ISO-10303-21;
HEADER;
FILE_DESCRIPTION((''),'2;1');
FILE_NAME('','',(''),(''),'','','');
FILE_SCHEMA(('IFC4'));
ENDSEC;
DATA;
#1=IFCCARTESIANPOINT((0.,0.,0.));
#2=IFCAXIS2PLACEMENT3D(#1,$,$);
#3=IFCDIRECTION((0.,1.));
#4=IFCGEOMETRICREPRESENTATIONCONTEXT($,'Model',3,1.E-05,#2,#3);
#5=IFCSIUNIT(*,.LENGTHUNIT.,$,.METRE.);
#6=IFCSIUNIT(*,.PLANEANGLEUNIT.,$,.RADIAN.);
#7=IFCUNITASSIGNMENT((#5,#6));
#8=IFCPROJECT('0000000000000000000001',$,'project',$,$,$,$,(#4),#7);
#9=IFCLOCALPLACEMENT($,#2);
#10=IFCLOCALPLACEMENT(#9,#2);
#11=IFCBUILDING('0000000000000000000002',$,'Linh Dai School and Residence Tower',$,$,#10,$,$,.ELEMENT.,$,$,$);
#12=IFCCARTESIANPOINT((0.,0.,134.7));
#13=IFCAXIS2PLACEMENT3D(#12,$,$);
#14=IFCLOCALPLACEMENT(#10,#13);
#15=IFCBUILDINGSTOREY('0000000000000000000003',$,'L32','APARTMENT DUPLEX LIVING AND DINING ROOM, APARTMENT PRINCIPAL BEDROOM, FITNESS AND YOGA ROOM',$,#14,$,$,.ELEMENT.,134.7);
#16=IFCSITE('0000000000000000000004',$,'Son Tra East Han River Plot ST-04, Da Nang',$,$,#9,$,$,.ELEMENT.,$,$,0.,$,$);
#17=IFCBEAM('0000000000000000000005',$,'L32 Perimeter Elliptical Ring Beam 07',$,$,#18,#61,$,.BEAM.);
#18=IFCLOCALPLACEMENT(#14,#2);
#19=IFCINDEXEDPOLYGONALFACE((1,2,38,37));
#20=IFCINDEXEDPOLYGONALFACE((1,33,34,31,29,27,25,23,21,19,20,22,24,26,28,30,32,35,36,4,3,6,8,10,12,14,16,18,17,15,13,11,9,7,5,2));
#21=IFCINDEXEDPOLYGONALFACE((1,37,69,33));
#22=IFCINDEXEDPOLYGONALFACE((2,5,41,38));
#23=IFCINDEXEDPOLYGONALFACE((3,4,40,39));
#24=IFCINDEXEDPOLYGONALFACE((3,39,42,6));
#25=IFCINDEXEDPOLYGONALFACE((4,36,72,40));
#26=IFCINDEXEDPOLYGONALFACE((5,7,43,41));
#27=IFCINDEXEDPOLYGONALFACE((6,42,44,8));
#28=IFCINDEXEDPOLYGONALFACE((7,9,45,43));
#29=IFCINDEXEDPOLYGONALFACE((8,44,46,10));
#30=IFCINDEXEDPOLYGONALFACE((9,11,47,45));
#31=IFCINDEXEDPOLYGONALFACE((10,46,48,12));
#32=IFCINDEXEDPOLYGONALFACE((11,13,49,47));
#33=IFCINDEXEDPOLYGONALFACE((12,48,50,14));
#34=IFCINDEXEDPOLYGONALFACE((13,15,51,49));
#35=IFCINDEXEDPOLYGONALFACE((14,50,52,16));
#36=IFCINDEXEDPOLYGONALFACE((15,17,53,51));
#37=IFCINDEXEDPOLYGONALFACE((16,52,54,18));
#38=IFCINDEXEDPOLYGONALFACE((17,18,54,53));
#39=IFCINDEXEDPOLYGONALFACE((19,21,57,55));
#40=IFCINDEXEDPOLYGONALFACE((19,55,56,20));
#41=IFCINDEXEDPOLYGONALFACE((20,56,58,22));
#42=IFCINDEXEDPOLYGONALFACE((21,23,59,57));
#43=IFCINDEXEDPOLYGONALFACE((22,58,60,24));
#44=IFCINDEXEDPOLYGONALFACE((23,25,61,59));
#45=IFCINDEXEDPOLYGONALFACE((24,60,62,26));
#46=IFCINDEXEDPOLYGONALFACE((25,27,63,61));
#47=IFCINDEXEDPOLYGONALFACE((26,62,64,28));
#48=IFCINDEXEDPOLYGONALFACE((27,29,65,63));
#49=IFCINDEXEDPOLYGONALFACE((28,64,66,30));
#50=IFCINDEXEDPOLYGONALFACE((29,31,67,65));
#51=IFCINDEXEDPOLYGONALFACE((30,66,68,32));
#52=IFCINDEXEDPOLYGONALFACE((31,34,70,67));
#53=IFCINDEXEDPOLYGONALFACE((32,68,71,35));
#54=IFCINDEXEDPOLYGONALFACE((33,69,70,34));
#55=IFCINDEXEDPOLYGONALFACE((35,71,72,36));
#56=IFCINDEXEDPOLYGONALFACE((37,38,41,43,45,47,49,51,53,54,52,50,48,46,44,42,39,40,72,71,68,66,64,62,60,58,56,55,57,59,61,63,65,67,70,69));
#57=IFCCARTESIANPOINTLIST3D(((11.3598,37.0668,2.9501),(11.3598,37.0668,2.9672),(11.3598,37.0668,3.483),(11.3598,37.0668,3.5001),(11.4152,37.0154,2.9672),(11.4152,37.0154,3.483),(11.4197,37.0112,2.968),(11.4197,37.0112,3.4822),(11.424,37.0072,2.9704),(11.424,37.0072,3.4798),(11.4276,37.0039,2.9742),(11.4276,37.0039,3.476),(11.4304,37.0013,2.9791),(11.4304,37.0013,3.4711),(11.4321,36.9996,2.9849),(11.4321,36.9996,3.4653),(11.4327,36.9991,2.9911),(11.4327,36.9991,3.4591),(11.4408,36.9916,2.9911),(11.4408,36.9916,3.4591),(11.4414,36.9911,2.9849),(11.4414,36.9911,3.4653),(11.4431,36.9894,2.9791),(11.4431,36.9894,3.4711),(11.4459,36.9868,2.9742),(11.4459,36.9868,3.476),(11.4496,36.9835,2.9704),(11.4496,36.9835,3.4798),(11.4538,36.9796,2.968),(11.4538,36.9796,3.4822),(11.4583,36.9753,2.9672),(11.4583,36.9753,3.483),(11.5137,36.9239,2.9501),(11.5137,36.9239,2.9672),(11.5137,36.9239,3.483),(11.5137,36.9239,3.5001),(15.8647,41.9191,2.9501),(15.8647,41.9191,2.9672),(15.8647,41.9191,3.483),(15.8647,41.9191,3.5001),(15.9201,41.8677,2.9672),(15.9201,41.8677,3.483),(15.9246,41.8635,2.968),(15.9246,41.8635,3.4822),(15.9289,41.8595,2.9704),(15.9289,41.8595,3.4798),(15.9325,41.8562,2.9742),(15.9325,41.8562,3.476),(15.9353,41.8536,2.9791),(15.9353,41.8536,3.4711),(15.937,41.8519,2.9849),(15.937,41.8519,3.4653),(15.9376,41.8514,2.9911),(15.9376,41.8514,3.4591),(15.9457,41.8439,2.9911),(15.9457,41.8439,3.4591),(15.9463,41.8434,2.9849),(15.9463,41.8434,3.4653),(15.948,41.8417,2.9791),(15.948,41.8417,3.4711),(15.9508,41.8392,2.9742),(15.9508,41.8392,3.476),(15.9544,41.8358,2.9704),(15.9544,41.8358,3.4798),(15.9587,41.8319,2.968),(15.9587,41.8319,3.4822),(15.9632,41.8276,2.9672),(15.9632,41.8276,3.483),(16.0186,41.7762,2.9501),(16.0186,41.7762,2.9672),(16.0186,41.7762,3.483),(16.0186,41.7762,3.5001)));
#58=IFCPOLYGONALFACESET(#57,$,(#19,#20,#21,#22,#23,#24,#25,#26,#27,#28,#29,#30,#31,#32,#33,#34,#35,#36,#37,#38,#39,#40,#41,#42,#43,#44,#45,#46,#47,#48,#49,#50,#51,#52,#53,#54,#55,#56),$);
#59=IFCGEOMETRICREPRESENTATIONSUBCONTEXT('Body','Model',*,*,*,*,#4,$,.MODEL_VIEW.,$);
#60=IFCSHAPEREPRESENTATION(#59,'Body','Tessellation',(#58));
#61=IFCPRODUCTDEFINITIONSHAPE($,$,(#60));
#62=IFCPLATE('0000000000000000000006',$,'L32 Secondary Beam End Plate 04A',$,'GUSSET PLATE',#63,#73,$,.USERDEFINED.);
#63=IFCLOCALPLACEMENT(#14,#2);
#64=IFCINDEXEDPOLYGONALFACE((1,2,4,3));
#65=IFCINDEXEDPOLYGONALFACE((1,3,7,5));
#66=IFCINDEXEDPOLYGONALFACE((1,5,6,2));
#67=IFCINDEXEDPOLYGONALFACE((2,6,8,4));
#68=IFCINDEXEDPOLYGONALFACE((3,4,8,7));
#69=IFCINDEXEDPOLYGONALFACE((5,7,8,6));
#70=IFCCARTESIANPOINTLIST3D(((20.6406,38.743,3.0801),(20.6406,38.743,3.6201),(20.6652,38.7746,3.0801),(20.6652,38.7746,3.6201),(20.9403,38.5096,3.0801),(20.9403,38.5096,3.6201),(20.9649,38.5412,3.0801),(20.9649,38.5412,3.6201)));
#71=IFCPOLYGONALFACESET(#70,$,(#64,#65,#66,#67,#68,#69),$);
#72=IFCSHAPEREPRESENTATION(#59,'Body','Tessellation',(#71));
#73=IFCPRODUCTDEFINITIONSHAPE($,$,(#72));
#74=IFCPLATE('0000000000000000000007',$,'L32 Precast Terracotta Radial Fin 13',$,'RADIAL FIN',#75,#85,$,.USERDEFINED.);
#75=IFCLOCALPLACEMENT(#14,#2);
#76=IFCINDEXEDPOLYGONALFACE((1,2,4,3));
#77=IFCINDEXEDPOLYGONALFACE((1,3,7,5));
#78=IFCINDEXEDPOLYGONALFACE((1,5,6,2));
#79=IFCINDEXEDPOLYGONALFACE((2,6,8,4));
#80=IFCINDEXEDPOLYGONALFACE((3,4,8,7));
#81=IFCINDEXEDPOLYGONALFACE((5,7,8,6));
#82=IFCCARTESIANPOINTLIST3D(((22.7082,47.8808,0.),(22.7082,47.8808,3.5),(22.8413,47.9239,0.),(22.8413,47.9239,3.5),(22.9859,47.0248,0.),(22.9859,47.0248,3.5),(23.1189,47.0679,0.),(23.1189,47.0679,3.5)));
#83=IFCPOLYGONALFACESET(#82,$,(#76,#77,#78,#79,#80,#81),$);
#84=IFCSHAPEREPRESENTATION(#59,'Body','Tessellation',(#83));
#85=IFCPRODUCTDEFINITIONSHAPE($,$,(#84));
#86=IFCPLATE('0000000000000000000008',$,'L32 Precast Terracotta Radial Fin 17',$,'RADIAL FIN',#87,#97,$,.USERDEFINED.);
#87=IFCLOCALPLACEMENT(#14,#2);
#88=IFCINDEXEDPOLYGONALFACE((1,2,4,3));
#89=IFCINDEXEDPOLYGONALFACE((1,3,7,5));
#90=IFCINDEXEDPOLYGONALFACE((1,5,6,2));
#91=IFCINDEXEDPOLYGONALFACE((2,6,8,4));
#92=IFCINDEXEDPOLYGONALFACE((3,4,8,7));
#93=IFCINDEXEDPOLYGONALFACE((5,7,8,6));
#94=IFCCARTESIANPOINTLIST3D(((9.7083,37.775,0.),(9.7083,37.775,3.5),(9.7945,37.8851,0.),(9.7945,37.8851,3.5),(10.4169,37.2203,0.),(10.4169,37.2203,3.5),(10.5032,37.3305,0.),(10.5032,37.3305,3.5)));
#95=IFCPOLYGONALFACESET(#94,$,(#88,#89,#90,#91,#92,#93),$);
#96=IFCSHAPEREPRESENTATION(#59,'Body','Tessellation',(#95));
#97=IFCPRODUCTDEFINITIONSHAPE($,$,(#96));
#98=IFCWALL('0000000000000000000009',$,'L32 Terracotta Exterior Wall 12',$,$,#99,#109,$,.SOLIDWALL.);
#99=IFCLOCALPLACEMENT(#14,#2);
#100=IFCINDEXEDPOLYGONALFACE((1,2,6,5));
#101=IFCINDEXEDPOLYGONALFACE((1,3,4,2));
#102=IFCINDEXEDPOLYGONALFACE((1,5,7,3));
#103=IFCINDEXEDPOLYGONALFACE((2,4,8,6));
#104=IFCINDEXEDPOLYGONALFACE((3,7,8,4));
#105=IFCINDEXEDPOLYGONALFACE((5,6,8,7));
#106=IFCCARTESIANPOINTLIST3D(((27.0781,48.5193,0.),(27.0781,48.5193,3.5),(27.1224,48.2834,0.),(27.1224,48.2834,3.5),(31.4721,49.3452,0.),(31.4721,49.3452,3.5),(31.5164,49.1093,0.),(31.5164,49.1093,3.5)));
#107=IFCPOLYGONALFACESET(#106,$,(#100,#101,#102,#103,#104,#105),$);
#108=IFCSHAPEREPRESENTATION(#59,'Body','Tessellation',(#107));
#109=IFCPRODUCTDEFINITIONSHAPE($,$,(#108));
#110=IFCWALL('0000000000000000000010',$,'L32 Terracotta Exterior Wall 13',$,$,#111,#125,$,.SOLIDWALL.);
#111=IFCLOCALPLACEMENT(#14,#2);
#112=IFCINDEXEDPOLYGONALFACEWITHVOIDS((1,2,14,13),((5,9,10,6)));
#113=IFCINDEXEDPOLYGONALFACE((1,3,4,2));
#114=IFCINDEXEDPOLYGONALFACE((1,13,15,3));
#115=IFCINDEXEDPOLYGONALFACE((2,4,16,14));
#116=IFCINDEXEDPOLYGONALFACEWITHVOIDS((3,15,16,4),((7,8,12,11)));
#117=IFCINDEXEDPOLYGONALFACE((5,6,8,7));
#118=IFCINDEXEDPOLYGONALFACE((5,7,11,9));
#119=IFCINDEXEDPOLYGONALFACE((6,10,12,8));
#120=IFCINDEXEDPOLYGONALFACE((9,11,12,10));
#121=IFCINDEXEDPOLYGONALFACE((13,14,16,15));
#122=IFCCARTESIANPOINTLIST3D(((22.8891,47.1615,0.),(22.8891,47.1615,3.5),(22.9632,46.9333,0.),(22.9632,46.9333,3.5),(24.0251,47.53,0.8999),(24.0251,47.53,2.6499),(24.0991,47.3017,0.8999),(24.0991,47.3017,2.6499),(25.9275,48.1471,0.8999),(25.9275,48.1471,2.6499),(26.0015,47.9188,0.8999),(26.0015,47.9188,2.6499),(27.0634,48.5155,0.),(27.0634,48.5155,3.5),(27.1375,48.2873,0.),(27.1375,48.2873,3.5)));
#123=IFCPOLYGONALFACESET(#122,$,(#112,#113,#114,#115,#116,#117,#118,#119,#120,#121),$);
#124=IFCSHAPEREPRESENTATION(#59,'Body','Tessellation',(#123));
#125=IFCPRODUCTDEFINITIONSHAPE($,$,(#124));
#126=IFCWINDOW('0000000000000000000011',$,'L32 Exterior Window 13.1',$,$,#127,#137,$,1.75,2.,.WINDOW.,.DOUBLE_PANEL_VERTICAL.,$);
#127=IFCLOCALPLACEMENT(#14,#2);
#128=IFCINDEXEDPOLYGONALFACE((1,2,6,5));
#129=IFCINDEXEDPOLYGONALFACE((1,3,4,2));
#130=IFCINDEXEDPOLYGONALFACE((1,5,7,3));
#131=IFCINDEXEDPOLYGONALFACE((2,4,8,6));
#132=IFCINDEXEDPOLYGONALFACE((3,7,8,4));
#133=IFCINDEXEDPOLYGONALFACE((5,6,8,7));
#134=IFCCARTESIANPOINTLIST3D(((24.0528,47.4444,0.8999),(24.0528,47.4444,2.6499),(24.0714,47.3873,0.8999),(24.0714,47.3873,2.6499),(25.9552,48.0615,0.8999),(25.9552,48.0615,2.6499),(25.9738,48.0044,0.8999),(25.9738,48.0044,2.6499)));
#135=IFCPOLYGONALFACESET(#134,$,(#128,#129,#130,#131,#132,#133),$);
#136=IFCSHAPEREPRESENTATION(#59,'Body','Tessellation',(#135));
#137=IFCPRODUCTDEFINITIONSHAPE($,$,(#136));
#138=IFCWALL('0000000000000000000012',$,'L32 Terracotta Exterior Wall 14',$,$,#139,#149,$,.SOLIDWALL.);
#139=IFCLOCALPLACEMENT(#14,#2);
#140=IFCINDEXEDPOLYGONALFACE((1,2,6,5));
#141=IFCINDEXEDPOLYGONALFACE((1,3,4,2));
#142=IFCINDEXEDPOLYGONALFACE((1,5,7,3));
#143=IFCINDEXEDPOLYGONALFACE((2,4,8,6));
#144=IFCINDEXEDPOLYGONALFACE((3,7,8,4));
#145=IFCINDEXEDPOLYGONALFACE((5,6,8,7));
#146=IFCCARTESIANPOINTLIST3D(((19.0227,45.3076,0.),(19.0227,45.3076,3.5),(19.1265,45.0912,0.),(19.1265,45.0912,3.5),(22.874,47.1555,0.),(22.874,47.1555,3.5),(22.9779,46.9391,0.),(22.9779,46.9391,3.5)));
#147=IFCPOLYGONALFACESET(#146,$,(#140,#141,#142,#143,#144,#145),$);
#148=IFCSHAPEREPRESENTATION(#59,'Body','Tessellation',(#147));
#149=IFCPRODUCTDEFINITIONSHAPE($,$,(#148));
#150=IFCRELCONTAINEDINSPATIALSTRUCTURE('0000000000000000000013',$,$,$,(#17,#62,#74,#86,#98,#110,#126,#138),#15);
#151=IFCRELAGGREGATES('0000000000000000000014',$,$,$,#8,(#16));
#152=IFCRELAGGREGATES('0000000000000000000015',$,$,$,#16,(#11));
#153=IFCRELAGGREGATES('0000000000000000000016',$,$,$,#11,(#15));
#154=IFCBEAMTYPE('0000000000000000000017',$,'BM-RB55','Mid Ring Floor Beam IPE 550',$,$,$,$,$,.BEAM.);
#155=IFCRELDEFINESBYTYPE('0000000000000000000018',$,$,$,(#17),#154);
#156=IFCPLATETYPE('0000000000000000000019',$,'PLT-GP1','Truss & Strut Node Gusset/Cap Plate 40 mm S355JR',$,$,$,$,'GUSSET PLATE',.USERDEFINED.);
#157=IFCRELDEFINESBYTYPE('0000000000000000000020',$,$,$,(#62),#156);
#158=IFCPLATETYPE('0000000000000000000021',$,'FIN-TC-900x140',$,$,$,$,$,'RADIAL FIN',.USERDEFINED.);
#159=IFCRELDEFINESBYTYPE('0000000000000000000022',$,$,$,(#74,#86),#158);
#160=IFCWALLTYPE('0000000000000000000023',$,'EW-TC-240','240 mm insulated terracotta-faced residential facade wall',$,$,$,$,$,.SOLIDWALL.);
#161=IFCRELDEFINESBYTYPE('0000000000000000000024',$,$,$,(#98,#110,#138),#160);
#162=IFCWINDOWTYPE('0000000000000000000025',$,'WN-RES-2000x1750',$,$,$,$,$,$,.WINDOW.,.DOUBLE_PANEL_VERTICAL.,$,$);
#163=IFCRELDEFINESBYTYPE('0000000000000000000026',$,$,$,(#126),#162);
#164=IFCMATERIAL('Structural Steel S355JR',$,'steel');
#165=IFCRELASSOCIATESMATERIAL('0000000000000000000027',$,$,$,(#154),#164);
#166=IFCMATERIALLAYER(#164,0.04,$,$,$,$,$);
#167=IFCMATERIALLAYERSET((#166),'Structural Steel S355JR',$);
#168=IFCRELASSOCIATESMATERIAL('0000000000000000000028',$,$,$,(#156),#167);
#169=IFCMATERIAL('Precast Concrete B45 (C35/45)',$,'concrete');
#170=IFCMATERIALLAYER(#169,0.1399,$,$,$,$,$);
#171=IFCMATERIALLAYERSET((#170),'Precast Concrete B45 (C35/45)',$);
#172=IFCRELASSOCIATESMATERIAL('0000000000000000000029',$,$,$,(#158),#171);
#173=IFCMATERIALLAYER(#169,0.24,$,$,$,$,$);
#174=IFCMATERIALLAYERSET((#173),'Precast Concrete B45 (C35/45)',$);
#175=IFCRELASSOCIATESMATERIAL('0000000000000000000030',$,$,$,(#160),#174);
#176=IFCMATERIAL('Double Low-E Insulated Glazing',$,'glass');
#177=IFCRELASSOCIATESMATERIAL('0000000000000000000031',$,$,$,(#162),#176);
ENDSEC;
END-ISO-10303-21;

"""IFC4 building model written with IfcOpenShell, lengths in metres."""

from ifc_helpers import new_model, si_unit, direction, frame, frame_2d, origin, origin_2d, place, context, subcontext, project, spatial, rectangle, i_section, extrude, source, transform, mapped, material, layer, layer_set, material_profile, profile_set, type_object, element, fill, save


model = new_model("IFC4")

# Units and contexts
model_context = context("Model", 3, precision=1e-05, world=origin(), true_north=direction((0.0, 1.0)))
body_context = subcontext(model_context, "Body", "Model", "MODEL_VIEW")
ifc_project = project(units=[si_unit("LENGTHUNIT", "METRE"), si_unit("PLANEANGLEUNIT", "RADIAN")], contexts=[model_context])

# Site, building, storey
site_placement = place(None, origin())
site = spatial("IfcSite", under=ifc_project, at=site_placement, Name="Son Tra East Han River Plot ST-04, Da Nang", CompositionType="ELEMENT", RefElevation=0.0)
building_placement = place(site_placement, origin())
building = spatial("IfcBuilding", under=site, at=building_placement, Name="Linh Dai School and Residence Tower", CompositionType="ELEMENT")
storey_placement = place(building_placement, frame((0.0, 0.0, 134.7)))
storey = spatial("IfcBuildingStorey", under=building, at=storey_placement, Name="L32", Description="APARTMENT DUPLEX LIVING AND DINING ROOM, APARTMENT PRINCIPAL BEDROOM, FITNESS AND YOGA ROOM", CompositionType="ELEMENT", Elevation=134.7)

# Shared definitions
ifc_material_1 = material(Name="Structural Steel S355JR", Category="steel")

# Beam
ifc_material_profile_1 = material_profile(ifc_material_1, i_section(OverallWidth=0.21, OverallDepth=0.55, WebThickness=0.011, FlangeThickness=0.0171, FilletRadius=0.0239, at=origin_2d()), Name="IPE 550")
ifc_profile_set_1 = profile_set([ifc_material_profile_1], Name="Structural Steel S355JR")
beam_type_1 = type_object("IfcBeamType", Name="BM-RB55", Description="Mid Ring Floor Beam IPE 550", PredefinedType="BEAM", material=ifc_profile_set_1)
beam_1_placement = place(storey_placement, frame((15.9417, 41.8477, 3.2251), z_axis=(-0.680385, -0.732855, 0.0), x_axis=(0.732855, -0.680385, 0.0)))
element("IfcBeam", 1, at=beam_1_placement, inside=storey, type_object=beam_type_1, Name="L32 Perimeter Elliptical Ring Beam 07", PredefinedType="BEAM", context=body_context, shape_type="SweptSolid", body=[
    extrude(i_section(OverallWidth=0.21, OverallDepth=0.55, WebThickness=0.011, FlangeThickness=0.0171, FilletRadius=0.0239, at=origin_2d()), origin(), (0.0, 0.0, 1.0), 6.6211),
])

# Plates
ifc_layer_1 = layer(ifc_material_1, 0.04)
ifc_layer_set_1 = layer_set([ifc_layer_1], Name="Structural Steel S355JR")
plate_type_1 = type_object("IfcPlateType", Name="PLT-GP1", Description="Truss & Strut Node Gusset/Cap Plate 40 mm S355JR", ElementType="GUSSET PLATE", PredefinedType="USERDEFINED", material=ifc_layer_set_1)
shared_shape_1 = source(origin(), body_context, "Body", "SweptSolid", [
    extrude(rectangle(XDim=0.04, YDim=0.3799, at=origin_2d()), origin(), (0.0, 0.0, 1.0), 0.54),
])
plate_placement = place(storey_placement, frame((20.8027, 38.6421, 3.0801), z_axis=(0.0, 0.0, 1.0), x_axis=(-0.614363, -0.789024, 0.0)))
element("IfcPlate", 2, at=plate_placement, inside=storey, type_object=plate_type_1, Name="L32 Secondary Beam End Plate 04A", ObjectType="GUSSET PLATE", PredefinedType="USERDEFINED", context=body_context, shape_type="MappedRepresentation", body=[
    mapped(shared_shape_1, transform((0.0, 0.0, 0.0), x_axis=(1.0, 0.0, 0.0), y_axis=(0.0, 1.0, 0.0), z_axis=(0.0, 0.0, 1.0), scale=1.0)),
])
ifc_material_2 = material(Name="Precast Concrete B45 (C35/45)", Category="concrete")
ifc_layer_2 = layer(ifc_material_2, 0.1399)
ifc_layer_set_2 = layer_set([ifc_layer_2], Name="Precast Concrete B45 (C35/45)")
plate_type_2 = type_object("IfcPlateType", Name="FIN-TC-900x140", ElementType="RADIAL FIN", PredefinedType="USERDEFINED", material=ifc_layer_set_2)
shared_shape_2 = source(origin(), body_context, "Body", "SweptSolid", [
    extrude(rectangle(XDim=0.8999, YDim=0.1399, at=origin_2d()), origin(), (0.0, 0.0, 1.0), 3.5),
])
for number, where, z_axis, x_axis, name in (
    (3, (22.9136, 47.4744, 0.0), (0.0, 0.0, 1.0), (-0.308522, 0.951217, 0.0), "L32 Precast Terracotta Radial Fin 13"),
    (4, (10.1057, 37.5527, 0.0), (0.0, 0.0, 1.0), (-0.787508, 0.616305, 0.0), "L32 Precast Terracotta Radial Fin 17"),
):
    element("IfcPlate", number, at=place(storey_placement, frame(where, z_axis=z_axis, x_axis=x_axis)), inside=storey, type_object=plate_type_2, Name=name, ObjectType="RADIAL FIN", PredefinedType="USERDEFINED", context=body_context, shape_type="MappedRepresentation", body=[
        mapped(shared_shape_2, transform((0.0, 0.0, 0.0), x_axis=(1.0, 0.0, 0.0), y_axis=(0.0, 1.0, 0.0), z_axis=(0.0, 0.0, 1.0), scale=1.0)),
    ])

# Wall
ifc_layer_3 = layer(ifc_material_2, 0.24)
ifc_layer_set_3 = layer_set([ifc_layer_3], Name="Precast Concrete B45 (C35/45)")
wall_type_1 = type_object("IfcWallType", Name="EW-TC-240", Description="240 mm insulated terracotta-faced residential facade wall", PredefinedType="SOLIDWALL", material=ifc_layer_set_3)
wall_1_placement = place(storey_placement, frame((27.1003, 48.4014, 0.0), z_axis=(0.0, 0.0, 1.0), x_axis=(0.982789, 0.18473, 0.0)))
element("IfcWall", 5, at=wall_1_placement, inside=storey, type_object=wall_type_1, Name="L32 Terracotta Exterior Wall 12", PredefinedType="SOLIDWALL", context=body_context, shape_type="SweptSolid", body=[
    extrude(rectangle(XDim=4.4709, YDim=0.24, at=frame_2d((2.2354, 0.0))), origin(), (0.0, 0.0, 1.0), 3.5),
])

# Wall, opening, window
wall_2_placement = place(storey_placement, frame((22.926, 47.0474, 0.0), z_axis=(0.0, 0.0, 1.0), x_axis=(0.951211, 0.30854, 0.0)))
wall_2 = element("IfcWall", 6, at=wall_2_placement, inside=storey, type_object=wall_type_1, Name="L32 Terracotta Exterior Wall 13", PredefinedType="SOLIDWALL", context=body_context, shape_type="SweptSolid", body=[
    extrude(rectangle(XDim=4.3884, YDim=0.24, at=frame_2d((2.1943, 0.0))), origin(), (0.0, 0.0, 1.0), 3.5),
])
opening_1_placement = place(wall_2_placement, frame((1.1943, 0.0, 0.8999)))
opening_1 = element("IfcOpeningElement", 7, at=opening_1_placement, cuts=wall_2, PredefinedType="OPENING", context=body_context, shape_type="SweptSolid", body=[
    extrude(rectangle(XDim=2.0, YDim=1.75, at=origin_2d()), frame((1.0, 0.1299, 0.875), z_axis=(0.0, -1.0, 0.0), x_axis=(1.0, 0.0, 0.0)), (0.0, 0.0, 1.0), 0.26),
])
ifc_material_3 = material(Name="Double Low-E Insulated Glazing", Category="glass")
window_type_1 = type_object("IfcWindowType", Name="WN-RES-2000x1750", PartitioningType="DOUBLE_PANEL_VERTICAL", PredefinedType="WINDOW", material=ifc_material_3)
shared_shape_3 = source(origin(), body_context, "Body", "SweptSolid", [
    extrude(rectangle(XDim=2.0, YDim=1.75, at=origin_2d()), frame((1.0, 0.03, 0.875), z_axis=(0.0, -1.0, 0.0), x_axis=(1.0, 0.0, 0.0)), (0.0, 0.0, 1.0), 0.0601),
])
window_1_placement = place(opening_1_placement, origin())
window_1 = element("IfcWindow", 8, at=window_1_placement, inside=storey, type_object=window_type_1, Name="L32 Exterior Window 13.1", OverallHeight=1.75, OverallWidth=2.0, PartitioningType="DOUBLE_PANEL_VERTICAL", PredefinedType="WINDOW", context=body_context, shape_type="MappedRepresentation", body=[
    mapped(shared_shape_3, transform((0.0, 0.0, 0.0), x_axis=(1.0, 0.0, 0.0), y_axis=(0.0, 1.0, 0.0), z_axis=(0.0, 0.0, 1.0), scale=1.0)),
])
fill(opening_1, window_1)

# Wall
wall_3_placement = place(storey_placement, frame((19.0747, 45.1995, 0.0), z_axis=(0.0, 0.0, 1.0), x_axis=(0.90159, 0.432592, 0.0)))
element("IfcWall", 9, at=wall_3_placement, inside=storey, type_object=wall_type_1, Name="L32 Terracotta Exterior Wall 14", PredefinedType="SOLIDWALL", context=body_context, shape_type="SweptSolid", body=[
    extrude(rectangle(XDim=4.2717, YDim=0.24, at=frame_2d((2.1357, 0.0))), origin(), (0.0, 0.0, 1.0), 3.5),
])

save(model, "model.ifc")
